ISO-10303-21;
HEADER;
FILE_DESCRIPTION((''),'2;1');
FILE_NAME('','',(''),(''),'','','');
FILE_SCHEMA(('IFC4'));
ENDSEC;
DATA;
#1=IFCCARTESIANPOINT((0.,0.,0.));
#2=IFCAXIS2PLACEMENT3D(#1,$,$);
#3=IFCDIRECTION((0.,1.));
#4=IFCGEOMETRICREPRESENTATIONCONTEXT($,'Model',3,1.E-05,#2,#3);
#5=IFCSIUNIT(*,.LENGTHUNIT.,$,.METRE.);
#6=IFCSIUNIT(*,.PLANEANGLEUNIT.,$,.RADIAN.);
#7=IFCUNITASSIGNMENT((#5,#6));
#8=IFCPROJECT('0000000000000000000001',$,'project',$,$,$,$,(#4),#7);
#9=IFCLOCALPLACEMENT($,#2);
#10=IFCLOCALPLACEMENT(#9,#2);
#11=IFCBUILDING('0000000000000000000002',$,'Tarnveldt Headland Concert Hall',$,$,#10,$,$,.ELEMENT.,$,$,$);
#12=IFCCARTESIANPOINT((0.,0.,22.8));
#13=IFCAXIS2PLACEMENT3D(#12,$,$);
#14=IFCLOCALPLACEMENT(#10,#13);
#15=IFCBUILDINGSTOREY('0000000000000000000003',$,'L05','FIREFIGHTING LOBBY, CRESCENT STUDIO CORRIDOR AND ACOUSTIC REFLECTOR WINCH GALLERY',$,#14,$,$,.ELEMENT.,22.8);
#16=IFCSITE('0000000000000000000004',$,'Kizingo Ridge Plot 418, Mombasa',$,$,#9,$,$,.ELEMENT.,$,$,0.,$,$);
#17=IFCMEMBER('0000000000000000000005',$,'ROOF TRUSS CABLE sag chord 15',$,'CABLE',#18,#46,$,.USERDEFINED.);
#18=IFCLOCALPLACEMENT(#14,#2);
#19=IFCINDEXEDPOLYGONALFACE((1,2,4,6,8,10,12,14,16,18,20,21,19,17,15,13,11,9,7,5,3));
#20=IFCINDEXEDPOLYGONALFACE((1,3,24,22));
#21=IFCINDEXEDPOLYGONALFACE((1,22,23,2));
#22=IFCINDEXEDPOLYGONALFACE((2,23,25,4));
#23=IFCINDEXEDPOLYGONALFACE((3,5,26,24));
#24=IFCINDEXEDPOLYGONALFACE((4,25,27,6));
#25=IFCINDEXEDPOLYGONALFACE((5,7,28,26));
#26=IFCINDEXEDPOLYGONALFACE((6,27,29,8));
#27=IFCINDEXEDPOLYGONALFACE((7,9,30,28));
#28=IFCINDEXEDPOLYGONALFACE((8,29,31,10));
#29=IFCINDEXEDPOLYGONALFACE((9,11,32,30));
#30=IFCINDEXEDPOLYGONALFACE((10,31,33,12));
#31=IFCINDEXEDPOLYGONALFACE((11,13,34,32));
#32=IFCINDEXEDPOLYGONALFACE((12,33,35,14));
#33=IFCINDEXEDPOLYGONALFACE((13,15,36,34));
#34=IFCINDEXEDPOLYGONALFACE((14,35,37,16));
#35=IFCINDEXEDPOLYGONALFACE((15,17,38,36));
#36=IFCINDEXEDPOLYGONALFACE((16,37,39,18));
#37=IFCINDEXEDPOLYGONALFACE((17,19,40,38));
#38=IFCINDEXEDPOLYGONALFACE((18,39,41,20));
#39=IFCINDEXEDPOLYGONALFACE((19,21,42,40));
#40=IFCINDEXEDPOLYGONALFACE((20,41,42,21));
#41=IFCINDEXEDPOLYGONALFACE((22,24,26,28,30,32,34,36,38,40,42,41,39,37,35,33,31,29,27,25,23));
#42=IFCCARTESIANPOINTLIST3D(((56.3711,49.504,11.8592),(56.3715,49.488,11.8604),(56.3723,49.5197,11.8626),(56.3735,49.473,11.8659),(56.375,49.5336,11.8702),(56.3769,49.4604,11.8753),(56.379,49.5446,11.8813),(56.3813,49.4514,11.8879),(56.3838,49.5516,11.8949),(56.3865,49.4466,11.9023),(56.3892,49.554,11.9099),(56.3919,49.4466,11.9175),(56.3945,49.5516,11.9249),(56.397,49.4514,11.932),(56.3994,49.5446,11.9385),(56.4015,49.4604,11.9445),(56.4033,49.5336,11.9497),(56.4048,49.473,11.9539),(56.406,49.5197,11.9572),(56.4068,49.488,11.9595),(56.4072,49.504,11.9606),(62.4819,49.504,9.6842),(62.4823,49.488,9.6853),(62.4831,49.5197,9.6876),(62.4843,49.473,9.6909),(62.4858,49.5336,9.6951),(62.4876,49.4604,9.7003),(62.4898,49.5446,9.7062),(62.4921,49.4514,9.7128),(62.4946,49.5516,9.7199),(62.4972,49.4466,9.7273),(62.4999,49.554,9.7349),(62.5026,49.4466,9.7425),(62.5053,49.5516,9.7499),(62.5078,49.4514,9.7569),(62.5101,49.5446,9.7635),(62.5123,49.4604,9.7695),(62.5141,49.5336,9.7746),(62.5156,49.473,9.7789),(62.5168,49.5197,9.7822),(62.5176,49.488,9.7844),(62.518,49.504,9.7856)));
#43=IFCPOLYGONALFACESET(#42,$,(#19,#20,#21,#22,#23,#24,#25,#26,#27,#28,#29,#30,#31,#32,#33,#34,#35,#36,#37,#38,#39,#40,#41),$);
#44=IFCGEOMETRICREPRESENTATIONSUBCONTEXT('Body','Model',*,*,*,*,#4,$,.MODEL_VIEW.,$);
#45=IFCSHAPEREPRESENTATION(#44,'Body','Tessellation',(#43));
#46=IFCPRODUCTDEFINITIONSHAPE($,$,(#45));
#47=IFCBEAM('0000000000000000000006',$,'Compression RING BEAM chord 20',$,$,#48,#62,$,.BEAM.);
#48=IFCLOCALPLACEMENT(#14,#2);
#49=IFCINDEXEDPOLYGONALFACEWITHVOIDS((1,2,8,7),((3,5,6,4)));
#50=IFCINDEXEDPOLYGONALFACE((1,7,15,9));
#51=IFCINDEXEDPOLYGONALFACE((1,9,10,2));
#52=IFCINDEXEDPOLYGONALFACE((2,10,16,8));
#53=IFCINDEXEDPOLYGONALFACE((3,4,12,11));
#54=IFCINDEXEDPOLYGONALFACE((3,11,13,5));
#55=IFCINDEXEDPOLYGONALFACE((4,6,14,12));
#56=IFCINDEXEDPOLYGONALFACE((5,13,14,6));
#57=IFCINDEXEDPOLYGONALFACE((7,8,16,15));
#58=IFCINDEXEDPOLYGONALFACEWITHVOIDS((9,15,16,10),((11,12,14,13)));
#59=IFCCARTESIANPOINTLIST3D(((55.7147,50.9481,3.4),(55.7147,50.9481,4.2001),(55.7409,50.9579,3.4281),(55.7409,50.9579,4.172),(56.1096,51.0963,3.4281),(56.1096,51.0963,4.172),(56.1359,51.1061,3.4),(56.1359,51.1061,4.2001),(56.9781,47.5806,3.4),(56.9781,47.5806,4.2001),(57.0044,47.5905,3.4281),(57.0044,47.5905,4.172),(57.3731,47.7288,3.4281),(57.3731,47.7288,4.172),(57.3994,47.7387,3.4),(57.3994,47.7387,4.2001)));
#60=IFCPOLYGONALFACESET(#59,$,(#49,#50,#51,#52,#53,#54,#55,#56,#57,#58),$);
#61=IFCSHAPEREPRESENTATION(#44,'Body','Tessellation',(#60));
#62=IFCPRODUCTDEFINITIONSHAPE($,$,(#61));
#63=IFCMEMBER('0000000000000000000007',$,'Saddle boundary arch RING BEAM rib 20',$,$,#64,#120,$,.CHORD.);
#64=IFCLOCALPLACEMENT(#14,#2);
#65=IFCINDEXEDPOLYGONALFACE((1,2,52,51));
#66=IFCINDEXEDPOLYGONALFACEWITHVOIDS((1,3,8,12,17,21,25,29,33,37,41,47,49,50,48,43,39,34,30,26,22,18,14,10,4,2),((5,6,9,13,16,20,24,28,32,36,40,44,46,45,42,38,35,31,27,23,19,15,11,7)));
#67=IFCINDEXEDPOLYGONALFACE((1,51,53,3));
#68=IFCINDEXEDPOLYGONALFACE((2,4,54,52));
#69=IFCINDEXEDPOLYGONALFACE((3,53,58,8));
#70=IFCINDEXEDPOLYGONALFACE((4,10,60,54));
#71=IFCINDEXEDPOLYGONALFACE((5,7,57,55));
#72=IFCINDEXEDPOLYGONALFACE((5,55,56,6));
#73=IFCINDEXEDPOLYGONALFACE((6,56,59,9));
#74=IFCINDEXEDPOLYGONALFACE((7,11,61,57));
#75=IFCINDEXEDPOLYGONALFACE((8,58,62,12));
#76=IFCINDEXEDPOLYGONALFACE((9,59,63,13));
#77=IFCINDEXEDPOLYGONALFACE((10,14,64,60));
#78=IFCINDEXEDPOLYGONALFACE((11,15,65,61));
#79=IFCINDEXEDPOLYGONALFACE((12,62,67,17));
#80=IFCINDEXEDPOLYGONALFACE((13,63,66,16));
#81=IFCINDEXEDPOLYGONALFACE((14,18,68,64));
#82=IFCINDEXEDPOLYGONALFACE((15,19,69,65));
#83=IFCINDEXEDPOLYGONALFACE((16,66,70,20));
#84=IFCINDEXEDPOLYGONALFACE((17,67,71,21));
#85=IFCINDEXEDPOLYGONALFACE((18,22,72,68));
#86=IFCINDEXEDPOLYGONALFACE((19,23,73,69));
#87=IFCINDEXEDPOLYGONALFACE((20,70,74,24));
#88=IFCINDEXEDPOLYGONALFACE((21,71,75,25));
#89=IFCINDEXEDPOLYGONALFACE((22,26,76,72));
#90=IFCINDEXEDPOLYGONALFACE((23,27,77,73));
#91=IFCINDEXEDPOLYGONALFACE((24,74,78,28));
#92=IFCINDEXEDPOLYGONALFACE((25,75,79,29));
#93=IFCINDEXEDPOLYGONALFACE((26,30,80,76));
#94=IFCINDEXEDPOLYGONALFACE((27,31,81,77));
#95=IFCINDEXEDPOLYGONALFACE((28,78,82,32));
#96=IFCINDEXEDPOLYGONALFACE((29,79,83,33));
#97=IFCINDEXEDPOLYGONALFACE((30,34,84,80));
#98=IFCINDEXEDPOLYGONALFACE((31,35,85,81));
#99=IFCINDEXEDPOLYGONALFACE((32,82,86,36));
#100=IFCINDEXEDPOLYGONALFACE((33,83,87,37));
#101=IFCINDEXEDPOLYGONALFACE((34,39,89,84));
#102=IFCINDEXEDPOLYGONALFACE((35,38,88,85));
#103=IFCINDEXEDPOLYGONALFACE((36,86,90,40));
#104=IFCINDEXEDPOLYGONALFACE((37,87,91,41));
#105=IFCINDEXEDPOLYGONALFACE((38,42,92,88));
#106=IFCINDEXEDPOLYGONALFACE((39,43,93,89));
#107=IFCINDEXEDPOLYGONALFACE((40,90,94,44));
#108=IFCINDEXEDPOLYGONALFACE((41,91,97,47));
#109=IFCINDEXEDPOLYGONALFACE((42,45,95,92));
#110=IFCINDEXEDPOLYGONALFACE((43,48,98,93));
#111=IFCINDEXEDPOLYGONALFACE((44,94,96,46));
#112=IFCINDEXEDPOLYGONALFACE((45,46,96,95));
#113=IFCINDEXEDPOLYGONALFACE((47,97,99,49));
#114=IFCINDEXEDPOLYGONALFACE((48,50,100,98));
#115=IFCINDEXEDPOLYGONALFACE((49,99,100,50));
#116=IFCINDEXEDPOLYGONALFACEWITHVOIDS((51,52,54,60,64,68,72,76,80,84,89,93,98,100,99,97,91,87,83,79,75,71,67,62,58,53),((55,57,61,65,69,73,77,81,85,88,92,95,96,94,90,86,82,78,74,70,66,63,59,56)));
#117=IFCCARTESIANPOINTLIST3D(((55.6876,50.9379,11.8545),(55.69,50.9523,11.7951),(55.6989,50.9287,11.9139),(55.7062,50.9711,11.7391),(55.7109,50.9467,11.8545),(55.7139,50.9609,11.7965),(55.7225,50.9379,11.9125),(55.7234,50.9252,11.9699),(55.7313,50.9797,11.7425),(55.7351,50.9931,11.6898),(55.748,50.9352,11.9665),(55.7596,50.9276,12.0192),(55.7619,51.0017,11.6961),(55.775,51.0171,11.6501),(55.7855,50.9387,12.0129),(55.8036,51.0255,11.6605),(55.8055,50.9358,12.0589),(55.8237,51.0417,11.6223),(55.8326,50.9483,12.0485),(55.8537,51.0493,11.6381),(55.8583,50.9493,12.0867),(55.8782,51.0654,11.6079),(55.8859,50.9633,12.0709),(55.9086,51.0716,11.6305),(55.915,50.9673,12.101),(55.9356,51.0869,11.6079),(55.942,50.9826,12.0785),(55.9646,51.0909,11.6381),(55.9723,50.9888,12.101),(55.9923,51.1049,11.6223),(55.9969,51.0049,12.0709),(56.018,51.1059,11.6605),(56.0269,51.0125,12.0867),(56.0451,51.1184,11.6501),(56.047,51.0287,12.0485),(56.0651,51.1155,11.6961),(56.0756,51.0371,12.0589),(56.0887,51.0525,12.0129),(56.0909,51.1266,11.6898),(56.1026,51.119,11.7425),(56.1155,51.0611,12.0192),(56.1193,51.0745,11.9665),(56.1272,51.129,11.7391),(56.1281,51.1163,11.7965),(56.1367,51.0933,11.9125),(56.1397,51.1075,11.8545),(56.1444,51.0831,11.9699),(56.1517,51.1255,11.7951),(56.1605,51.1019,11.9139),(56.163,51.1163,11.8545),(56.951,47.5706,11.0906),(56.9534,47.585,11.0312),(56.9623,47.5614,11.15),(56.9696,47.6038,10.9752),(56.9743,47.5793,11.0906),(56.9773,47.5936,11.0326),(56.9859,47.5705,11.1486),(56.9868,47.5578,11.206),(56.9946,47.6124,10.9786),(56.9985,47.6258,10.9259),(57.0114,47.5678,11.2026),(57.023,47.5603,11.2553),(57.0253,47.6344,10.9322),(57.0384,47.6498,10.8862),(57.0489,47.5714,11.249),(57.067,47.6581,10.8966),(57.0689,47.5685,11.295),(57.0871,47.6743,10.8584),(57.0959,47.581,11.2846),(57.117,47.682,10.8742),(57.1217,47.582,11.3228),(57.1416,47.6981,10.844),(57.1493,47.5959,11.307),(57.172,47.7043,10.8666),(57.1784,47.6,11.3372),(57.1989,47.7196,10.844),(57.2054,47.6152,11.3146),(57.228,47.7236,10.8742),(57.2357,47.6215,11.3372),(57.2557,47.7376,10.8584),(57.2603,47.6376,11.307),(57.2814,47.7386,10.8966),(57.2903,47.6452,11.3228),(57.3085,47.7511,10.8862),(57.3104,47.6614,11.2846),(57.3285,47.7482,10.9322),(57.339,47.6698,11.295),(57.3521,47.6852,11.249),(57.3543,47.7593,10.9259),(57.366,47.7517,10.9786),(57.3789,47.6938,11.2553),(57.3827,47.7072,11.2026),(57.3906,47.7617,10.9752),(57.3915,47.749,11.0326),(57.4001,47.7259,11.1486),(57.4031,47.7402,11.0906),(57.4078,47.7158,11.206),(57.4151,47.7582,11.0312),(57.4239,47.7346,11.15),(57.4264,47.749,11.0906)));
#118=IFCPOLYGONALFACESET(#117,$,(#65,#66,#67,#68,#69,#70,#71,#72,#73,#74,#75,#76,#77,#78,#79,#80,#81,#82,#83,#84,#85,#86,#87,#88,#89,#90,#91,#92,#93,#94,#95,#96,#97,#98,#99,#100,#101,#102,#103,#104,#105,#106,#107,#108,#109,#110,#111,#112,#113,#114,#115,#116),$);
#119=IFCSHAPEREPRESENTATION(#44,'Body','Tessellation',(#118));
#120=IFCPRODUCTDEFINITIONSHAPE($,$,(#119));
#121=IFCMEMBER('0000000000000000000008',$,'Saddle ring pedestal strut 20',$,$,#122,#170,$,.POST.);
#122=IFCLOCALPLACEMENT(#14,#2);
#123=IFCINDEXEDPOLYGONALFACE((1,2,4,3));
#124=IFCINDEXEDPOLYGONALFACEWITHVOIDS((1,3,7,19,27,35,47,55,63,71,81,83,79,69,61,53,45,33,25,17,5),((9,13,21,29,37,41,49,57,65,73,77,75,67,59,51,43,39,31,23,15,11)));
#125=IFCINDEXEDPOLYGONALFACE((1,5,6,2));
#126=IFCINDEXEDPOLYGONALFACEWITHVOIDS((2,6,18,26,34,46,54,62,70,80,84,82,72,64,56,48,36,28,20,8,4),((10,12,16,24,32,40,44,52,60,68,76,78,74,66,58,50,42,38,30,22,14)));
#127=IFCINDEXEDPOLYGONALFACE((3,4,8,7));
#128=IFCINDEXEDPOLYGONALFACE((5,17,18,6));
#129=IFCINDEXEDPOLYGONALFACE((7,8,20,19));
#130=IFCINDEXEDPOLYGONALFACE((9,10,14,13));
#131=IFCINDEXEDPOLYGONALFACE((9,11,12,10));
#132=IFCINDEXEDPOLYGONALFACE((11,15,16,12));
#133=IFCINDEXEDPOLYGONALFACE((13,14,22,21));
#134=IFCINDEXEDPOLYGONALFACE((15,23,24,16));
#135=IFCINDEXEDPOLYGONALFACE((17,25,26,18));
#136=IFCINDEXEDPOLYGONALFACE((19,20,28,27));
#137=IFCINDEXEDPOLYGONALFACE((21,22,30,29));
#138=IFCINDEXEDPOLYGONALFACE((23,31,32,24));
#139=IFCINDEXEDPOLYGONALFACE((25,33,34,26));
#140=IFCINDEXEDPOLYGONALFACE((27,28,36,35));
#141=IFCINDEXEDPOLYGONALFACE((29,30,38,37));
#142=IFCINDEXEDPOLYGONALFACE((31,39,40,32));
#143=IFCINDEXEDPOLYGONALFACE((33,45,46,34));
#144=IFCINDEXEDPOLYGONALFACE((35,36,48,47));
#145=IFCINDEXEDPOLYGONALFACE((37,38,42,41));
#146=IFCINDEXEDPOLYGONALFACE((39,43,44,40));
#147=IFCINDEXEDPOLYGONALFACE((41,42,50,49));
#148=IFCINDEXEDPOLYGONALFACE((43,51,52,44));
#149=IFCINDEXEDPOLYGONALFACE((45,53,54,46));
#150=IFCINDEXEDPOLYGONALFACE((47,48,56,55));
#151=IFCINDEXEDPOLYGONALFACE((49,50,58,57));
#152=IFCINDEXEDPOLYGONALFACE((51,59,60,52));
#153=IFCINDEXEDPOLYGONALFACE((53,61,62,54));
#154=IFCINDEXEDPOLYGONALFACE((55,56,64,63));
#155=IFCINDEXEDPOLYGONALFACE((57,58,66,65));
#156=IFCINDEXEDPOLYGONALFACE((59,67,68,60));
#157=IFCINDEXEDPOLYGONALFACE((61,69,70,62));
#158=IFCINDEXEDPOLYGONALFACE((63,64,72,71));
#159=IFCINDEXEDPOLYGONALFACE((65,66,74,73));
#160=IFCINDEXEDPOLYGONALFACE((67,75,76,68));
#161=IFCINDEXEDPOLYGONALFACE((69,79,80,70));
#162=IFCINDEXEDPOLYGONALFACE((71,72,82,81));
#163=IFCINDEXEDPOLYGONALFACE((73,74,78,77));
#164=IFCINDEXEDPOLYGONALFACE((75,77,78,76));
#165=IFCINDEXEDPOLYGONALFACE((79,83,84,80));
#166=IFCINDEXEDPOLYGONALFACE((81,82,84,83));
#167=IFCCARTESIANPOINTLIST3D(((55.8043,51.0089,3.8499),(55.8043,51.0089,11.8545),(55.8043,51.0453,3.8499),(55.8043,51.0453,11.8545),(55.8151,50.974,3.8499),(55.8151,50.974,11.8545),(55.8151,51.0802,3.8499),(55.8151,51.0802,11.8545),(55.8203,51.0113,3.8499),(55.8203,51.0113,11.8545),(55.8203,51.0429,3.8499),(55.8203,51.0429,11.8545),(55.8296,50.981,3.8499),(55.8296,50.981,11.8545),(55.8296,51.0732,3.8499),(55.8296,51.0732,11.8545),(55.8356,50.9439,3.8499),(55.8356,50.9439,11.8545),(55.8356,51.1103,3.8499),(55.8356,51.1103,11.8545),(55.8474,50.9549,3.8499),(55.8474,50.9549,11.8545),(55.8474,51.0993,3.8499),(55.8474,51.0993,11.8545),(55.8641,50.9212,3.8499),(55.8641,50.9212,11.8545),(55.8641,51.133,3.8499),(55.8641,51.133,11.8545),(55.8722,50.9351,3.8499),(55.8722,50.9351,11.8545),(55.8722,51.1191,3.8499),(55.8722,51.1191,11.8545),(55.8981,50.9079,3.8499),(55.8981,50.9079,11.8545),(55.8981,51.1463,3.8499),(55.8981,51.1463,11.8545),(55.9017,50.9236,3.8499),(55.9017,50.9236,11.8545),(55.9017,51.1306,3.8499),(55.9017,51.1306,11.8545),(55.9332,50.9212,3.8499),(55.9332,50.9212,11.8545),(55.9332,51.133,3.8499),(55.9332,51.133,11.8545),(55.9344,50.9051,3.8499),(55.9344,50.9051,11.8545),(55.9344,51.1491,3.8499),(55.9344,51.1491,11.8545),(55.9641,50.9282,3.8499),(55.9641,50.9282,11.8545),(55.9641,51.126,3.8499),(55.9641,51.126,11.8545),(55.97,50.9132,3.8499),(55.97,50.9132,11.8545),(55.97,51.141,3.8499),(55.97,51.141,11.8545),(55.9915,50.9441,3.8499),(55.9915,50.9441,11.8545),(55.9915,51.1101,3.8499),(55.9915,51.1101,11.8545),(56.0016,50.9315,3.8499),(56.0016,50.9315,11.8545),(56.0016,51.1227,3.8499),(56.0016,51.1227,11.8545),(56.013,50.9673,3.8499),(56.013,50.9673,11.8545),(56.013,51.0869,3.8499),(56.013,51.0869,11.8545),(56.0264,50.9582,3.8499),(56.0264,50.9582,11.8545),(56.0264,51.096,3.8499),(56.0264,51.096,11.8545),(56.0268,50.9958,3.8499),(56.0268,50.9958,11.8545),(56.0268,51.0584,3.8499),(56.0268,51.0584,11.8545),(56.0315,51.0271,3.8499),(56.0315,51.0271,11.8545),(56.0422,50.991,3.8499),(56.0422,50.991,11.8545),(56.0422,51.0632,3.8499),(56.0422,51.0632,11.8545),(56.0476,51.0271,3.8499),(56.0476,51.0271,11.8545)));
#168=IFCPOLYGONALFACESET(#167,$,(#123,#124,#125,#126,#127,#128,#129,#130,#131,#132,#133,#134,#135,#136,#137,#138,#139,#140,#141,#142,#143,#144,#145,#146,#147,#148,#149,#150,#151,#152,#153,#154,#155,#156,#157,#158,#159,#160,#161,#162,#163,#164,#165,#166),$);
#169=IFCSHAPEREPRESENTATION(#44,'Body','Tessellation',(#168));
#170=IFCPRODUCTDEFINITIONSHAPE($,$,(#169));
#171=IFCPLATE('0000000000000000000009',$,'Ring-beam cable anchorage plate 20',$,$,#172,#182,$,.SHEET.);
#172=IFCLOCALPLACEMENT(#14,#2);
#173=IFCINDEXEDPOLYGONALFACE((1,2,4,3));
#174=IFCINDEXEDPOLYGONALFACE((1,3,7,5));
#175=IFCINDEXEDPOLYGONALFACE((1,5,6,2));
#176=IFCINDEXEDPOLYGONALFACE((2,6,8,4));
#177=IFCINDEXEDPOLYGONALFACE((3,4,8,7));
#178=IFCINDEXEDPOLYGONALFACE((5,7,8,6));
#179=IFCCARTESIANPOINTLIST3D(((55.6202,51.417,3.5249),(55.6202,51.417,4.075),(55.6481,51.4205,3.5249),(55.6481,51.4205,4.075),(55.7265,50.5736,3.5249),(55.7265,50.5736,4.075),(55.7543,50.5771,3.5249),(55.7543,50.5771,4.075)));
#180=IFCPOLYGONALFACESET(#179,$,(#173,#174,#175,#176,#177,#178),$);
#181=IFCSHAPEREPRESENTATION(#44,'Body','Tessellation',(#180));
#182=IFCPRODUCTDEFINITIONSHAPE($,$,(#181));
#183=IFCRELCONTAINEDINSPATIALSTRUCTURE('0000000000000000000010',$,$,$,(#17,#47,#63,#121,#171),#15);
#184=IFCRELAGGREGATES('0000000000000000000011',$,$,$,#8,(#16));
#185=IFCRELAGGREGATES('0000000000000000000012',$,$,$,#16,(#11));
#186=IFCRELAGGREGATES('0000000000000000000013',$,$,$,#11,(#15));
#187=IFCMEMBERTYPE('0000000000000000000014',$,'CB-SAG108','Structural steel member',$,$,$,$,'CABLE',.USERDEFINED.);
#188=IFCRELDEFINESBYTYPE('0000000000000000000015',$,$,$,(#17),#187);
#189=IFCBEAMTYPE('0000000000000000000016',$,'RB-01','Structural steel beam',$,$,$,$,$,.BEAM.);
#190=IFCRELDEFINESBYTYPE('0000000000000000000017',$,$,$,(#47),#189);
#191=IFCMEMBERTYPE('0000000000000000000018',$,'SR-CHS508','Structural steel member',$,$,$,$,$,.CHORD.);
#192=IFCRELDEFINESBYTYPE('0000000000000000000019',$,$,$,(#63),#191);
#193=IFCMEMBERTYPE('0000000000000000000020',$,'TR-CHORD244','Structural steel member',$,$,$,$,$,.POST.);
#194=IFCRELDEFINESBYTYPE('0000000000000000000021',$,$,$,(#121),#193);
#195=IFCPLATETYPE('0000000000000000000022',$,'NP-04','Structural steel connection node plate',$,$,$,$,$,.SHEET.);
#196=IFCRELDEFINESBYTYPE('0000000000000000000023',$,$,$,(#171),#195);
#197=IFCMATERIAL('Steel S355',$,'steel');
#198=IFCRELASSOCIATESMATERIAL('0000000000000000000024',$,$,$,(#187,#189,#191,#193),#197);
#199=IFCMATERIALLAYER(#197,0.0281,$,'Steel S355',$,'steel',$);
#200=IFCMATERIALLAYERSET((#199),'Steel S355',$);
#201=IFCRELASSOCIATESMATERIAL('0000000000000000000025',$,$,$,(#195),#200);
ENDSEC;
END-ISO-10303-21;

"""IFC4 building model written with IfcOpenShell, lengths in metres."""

from ifc_helpers import new_model, si_unit, direction, frame, origin, origin_2d, place, context, subcontext, project, spatial, rectangle, hollow_rectangle, circle, hollow_circle, extrude, material, layer, layer_set, material_profile, profile_set, type_object, element, save


model = new_model("IFC4")

# Units and contexts
model_context = context("Model", 3, precision=1e-05, world=origin(), true_north=direction((0.0, 1.0)))
body_context = subcontext(model_context, "Body", "Model", "MODEL_VIEW")
ifc_project = project(units=[si_unit("LENGTHUNIT", "METRE"), si_unit("PLANEANGLEUNIT", "RADIAN")], contexts=[model_context])

# Site, building, storey
site_placement = place(None, origin())
site = spatial("IfcSite", under=ifc_project, at=site_placement, Name="Kizingo Ridge Plot 418, Mombasa", CompositionType="ELEMENT", RefElevation=0.0)
building_placement = place(site_placement, origin())
building = spatial("IfcBuilding", under=site, at=building_placement, Name="Tarnveldt Headland Concert Hall", CompositionType="ELEMENT")
storey_placement = place(building_placement, frame((0.0, 0.0, 22.8)))
storey = spatial("IfcBuildingStorey", under=building, at=storey_placement, Name="L05", Description="FIREFIGHTING LOBBY, CRESCENT STUDIO CORRIDOR AND ACOUSTIC REFLECTOR WINCH GALLERY", CompositionType="ELEMENT", Elevation=22.8)

# Member
ifc_material_1 = material(Name="Steel S355", Category="steel")
ifc_material_profile_1 = material_profile(ifc_material_1, circle(Radius=0.054, at=origin_2d()), Name="LC D108", Category="steel")
ifc_profile_set_1 = profile_set([ifc_material_profile_1], Name="Steel S355")
member_type_1 = type_object("IfcMemberType", Name="CB-SAG108", Description="Structural steel member", ElementType="CABLE", PredefinedType="USERDEFINED", material=ifc_profile_set_1)
member_1_placement = place(storey_placement, frame((56.3892, 49.5, 11.9099), z_axis=(0.942102, 0.0, -0.335325), x_axis=(0.0, 1.0, 0.0)))
element("IfcMember", 1, at=member_1_placement, inside=storey, type_object=member_type_1, Name="ROOF TRUSS CABLE sag chord 15", ObjectType="CABLE", PredefinedType="USERDEFINED", context=body_context, shape_type="SweptSolid", body=[
    extrude(circle(Radius=0.054, at=origin_2d()), origin(), (0.0, 0.0, 1.0), 6.4863),
])

# Beam
ifc_material_profile_2 = material_profile(ifc_material_1, hollow_rectangle(XDim=0.45, YDim=0.8, WallThickness=0.0281, at=origin_2d()), Name="RHS 800x450x28", Category="steel")
ifc_profile_set_2 = profile_set([ifc_material_profile_2], Name="Steel S355")
beam_type = type_object("IfcBeamType", Name="RB-01", Description="Structural steel beam", PredefinedType="BEAM", material=ifc_profile_set_2)
beam_placement = place(storey_placement, frame((55.9253, 51.0271, 3.8), z_axis=(0.35128, -0.936271, 0.0), x_axis=(0.936271, 0.35128, 0.0)))
element("IfcBeam", 2, at=beam_placement, inside=storey, type_object=beam_type, Name="Compression RING BEAM chord 20", PredefinedType="BEAM", context=body_context, shape_type="SweptSolid", body=[
    extrude(hollow_rectangle(XDim=0.45, YDim=0.8, WallThickness=0.0281, at=origin_2d()), origin(), (0.0, 0.0, 1.0), 3.5967),
])

# Members
ifc_material_profile_3 = material_profile(ifc_material_1, hollow_circle(Radius=0.2539, WallThickness=0.0249, at=origin_2d()), Name="CHS 508x25", Category="steel")
ifc_profile_set_3 = profile_set([ifc_material_profile_3], Name="Steel S355")
member_type_2 = type_object("IfcMemberType", Name="SR-CHS508", Description="Structural steel member", PredefinedType="CHORD", material=ifc_profile_set_3)
member_2_placement = place(storey_placement, frame((55.9253, 51.0271, 11.8545), z_axis=(0.343615, -0.915841, -0.207762), x_axis=(0.936271, 0.35128, 0.0)))
element("IfcMember", 3, at=member_2_placement, inside=storey, type_object=member_type_2, Name="Saddle boundary arch RING BEAM rib 20", PredefinedType="CHORD", context=body_context, shape_type="SweptSolid", body=[
    extrude(hollow_circle(Radius=0.2539, WallThickness=0.0249, at=origin_2d()), origin(), (0.0, 0.0, 1.0), 3.6768),
])
ifc_material_profile_4 = material_profile(ifc_material_1, hollow_circle(Radius=0.1223, WallThickness=0.0161, at=origin_2d()), Name="CHS 244.5x16", Category="steel")
ifc_profile_set_4 = profile_set([ifc_material_profile_4], Name="Steel S355")
member_type_3 = type_object("IfcMemberType", Name="TR-CHORD244", Description="Structural steel member", PredefinedType="POST", material=ifc_profile_set_4)
member_3_placement = place(storey_placement, frame((55.9253, 51.0271, 3.8499), z_axis=(0.0, 0.0, 1.0), x_axis=(1.0, 0.0, 0.0)))
element("IfcMember", 4, at=member_3_placement, inside=storey, type_object=member_type_3, Name="Saddle ring pedestal strut 20", PredefinedType="POST", context=body_context, shape_type="SweptSolid", body=[
    extrude(hollow_circle(Radius=0.1223, WallThickness=0.0161, at=origin_2d()), origin(), (0.0, 0.0, 1.0), 8.0046),
])

# Plate
ifc_layer_1 = layer(ifc_material_1, 0.0281, Name="Steel S355", Category="steel")
ifc_layer_set_1 = layer_set([ifc_layer_1], Name="Steel S355")
plate_type = type_object("IfcPlateType", Name="NP-04", Description="Structural steel connection node plate", PredefinedType="SHEET", material=ifc_layer_set_1)
plate_placement = place(storey_placement, frame((55.6873, 50.9971, 3.5249), z_axis=(0.0, 0.0, 1.0), x_axis=(0.124987, -0.992158, 0.0)))
element("IfcPlate", 5, at=plate_placement, inside=storey, type_object=plate_type, Name="Ring-beam cable anchorage plate 20", PredefinedType="SHEET", context=body_context, shape_type="SweptSolid", body=[
    extrude(rectangle(XDim=0.8501, YDim=0.0281, at=origin_2d()), origin(), (0.0, 0.0, 1.0), 0.55),
])

save(model, "model.ifc")
